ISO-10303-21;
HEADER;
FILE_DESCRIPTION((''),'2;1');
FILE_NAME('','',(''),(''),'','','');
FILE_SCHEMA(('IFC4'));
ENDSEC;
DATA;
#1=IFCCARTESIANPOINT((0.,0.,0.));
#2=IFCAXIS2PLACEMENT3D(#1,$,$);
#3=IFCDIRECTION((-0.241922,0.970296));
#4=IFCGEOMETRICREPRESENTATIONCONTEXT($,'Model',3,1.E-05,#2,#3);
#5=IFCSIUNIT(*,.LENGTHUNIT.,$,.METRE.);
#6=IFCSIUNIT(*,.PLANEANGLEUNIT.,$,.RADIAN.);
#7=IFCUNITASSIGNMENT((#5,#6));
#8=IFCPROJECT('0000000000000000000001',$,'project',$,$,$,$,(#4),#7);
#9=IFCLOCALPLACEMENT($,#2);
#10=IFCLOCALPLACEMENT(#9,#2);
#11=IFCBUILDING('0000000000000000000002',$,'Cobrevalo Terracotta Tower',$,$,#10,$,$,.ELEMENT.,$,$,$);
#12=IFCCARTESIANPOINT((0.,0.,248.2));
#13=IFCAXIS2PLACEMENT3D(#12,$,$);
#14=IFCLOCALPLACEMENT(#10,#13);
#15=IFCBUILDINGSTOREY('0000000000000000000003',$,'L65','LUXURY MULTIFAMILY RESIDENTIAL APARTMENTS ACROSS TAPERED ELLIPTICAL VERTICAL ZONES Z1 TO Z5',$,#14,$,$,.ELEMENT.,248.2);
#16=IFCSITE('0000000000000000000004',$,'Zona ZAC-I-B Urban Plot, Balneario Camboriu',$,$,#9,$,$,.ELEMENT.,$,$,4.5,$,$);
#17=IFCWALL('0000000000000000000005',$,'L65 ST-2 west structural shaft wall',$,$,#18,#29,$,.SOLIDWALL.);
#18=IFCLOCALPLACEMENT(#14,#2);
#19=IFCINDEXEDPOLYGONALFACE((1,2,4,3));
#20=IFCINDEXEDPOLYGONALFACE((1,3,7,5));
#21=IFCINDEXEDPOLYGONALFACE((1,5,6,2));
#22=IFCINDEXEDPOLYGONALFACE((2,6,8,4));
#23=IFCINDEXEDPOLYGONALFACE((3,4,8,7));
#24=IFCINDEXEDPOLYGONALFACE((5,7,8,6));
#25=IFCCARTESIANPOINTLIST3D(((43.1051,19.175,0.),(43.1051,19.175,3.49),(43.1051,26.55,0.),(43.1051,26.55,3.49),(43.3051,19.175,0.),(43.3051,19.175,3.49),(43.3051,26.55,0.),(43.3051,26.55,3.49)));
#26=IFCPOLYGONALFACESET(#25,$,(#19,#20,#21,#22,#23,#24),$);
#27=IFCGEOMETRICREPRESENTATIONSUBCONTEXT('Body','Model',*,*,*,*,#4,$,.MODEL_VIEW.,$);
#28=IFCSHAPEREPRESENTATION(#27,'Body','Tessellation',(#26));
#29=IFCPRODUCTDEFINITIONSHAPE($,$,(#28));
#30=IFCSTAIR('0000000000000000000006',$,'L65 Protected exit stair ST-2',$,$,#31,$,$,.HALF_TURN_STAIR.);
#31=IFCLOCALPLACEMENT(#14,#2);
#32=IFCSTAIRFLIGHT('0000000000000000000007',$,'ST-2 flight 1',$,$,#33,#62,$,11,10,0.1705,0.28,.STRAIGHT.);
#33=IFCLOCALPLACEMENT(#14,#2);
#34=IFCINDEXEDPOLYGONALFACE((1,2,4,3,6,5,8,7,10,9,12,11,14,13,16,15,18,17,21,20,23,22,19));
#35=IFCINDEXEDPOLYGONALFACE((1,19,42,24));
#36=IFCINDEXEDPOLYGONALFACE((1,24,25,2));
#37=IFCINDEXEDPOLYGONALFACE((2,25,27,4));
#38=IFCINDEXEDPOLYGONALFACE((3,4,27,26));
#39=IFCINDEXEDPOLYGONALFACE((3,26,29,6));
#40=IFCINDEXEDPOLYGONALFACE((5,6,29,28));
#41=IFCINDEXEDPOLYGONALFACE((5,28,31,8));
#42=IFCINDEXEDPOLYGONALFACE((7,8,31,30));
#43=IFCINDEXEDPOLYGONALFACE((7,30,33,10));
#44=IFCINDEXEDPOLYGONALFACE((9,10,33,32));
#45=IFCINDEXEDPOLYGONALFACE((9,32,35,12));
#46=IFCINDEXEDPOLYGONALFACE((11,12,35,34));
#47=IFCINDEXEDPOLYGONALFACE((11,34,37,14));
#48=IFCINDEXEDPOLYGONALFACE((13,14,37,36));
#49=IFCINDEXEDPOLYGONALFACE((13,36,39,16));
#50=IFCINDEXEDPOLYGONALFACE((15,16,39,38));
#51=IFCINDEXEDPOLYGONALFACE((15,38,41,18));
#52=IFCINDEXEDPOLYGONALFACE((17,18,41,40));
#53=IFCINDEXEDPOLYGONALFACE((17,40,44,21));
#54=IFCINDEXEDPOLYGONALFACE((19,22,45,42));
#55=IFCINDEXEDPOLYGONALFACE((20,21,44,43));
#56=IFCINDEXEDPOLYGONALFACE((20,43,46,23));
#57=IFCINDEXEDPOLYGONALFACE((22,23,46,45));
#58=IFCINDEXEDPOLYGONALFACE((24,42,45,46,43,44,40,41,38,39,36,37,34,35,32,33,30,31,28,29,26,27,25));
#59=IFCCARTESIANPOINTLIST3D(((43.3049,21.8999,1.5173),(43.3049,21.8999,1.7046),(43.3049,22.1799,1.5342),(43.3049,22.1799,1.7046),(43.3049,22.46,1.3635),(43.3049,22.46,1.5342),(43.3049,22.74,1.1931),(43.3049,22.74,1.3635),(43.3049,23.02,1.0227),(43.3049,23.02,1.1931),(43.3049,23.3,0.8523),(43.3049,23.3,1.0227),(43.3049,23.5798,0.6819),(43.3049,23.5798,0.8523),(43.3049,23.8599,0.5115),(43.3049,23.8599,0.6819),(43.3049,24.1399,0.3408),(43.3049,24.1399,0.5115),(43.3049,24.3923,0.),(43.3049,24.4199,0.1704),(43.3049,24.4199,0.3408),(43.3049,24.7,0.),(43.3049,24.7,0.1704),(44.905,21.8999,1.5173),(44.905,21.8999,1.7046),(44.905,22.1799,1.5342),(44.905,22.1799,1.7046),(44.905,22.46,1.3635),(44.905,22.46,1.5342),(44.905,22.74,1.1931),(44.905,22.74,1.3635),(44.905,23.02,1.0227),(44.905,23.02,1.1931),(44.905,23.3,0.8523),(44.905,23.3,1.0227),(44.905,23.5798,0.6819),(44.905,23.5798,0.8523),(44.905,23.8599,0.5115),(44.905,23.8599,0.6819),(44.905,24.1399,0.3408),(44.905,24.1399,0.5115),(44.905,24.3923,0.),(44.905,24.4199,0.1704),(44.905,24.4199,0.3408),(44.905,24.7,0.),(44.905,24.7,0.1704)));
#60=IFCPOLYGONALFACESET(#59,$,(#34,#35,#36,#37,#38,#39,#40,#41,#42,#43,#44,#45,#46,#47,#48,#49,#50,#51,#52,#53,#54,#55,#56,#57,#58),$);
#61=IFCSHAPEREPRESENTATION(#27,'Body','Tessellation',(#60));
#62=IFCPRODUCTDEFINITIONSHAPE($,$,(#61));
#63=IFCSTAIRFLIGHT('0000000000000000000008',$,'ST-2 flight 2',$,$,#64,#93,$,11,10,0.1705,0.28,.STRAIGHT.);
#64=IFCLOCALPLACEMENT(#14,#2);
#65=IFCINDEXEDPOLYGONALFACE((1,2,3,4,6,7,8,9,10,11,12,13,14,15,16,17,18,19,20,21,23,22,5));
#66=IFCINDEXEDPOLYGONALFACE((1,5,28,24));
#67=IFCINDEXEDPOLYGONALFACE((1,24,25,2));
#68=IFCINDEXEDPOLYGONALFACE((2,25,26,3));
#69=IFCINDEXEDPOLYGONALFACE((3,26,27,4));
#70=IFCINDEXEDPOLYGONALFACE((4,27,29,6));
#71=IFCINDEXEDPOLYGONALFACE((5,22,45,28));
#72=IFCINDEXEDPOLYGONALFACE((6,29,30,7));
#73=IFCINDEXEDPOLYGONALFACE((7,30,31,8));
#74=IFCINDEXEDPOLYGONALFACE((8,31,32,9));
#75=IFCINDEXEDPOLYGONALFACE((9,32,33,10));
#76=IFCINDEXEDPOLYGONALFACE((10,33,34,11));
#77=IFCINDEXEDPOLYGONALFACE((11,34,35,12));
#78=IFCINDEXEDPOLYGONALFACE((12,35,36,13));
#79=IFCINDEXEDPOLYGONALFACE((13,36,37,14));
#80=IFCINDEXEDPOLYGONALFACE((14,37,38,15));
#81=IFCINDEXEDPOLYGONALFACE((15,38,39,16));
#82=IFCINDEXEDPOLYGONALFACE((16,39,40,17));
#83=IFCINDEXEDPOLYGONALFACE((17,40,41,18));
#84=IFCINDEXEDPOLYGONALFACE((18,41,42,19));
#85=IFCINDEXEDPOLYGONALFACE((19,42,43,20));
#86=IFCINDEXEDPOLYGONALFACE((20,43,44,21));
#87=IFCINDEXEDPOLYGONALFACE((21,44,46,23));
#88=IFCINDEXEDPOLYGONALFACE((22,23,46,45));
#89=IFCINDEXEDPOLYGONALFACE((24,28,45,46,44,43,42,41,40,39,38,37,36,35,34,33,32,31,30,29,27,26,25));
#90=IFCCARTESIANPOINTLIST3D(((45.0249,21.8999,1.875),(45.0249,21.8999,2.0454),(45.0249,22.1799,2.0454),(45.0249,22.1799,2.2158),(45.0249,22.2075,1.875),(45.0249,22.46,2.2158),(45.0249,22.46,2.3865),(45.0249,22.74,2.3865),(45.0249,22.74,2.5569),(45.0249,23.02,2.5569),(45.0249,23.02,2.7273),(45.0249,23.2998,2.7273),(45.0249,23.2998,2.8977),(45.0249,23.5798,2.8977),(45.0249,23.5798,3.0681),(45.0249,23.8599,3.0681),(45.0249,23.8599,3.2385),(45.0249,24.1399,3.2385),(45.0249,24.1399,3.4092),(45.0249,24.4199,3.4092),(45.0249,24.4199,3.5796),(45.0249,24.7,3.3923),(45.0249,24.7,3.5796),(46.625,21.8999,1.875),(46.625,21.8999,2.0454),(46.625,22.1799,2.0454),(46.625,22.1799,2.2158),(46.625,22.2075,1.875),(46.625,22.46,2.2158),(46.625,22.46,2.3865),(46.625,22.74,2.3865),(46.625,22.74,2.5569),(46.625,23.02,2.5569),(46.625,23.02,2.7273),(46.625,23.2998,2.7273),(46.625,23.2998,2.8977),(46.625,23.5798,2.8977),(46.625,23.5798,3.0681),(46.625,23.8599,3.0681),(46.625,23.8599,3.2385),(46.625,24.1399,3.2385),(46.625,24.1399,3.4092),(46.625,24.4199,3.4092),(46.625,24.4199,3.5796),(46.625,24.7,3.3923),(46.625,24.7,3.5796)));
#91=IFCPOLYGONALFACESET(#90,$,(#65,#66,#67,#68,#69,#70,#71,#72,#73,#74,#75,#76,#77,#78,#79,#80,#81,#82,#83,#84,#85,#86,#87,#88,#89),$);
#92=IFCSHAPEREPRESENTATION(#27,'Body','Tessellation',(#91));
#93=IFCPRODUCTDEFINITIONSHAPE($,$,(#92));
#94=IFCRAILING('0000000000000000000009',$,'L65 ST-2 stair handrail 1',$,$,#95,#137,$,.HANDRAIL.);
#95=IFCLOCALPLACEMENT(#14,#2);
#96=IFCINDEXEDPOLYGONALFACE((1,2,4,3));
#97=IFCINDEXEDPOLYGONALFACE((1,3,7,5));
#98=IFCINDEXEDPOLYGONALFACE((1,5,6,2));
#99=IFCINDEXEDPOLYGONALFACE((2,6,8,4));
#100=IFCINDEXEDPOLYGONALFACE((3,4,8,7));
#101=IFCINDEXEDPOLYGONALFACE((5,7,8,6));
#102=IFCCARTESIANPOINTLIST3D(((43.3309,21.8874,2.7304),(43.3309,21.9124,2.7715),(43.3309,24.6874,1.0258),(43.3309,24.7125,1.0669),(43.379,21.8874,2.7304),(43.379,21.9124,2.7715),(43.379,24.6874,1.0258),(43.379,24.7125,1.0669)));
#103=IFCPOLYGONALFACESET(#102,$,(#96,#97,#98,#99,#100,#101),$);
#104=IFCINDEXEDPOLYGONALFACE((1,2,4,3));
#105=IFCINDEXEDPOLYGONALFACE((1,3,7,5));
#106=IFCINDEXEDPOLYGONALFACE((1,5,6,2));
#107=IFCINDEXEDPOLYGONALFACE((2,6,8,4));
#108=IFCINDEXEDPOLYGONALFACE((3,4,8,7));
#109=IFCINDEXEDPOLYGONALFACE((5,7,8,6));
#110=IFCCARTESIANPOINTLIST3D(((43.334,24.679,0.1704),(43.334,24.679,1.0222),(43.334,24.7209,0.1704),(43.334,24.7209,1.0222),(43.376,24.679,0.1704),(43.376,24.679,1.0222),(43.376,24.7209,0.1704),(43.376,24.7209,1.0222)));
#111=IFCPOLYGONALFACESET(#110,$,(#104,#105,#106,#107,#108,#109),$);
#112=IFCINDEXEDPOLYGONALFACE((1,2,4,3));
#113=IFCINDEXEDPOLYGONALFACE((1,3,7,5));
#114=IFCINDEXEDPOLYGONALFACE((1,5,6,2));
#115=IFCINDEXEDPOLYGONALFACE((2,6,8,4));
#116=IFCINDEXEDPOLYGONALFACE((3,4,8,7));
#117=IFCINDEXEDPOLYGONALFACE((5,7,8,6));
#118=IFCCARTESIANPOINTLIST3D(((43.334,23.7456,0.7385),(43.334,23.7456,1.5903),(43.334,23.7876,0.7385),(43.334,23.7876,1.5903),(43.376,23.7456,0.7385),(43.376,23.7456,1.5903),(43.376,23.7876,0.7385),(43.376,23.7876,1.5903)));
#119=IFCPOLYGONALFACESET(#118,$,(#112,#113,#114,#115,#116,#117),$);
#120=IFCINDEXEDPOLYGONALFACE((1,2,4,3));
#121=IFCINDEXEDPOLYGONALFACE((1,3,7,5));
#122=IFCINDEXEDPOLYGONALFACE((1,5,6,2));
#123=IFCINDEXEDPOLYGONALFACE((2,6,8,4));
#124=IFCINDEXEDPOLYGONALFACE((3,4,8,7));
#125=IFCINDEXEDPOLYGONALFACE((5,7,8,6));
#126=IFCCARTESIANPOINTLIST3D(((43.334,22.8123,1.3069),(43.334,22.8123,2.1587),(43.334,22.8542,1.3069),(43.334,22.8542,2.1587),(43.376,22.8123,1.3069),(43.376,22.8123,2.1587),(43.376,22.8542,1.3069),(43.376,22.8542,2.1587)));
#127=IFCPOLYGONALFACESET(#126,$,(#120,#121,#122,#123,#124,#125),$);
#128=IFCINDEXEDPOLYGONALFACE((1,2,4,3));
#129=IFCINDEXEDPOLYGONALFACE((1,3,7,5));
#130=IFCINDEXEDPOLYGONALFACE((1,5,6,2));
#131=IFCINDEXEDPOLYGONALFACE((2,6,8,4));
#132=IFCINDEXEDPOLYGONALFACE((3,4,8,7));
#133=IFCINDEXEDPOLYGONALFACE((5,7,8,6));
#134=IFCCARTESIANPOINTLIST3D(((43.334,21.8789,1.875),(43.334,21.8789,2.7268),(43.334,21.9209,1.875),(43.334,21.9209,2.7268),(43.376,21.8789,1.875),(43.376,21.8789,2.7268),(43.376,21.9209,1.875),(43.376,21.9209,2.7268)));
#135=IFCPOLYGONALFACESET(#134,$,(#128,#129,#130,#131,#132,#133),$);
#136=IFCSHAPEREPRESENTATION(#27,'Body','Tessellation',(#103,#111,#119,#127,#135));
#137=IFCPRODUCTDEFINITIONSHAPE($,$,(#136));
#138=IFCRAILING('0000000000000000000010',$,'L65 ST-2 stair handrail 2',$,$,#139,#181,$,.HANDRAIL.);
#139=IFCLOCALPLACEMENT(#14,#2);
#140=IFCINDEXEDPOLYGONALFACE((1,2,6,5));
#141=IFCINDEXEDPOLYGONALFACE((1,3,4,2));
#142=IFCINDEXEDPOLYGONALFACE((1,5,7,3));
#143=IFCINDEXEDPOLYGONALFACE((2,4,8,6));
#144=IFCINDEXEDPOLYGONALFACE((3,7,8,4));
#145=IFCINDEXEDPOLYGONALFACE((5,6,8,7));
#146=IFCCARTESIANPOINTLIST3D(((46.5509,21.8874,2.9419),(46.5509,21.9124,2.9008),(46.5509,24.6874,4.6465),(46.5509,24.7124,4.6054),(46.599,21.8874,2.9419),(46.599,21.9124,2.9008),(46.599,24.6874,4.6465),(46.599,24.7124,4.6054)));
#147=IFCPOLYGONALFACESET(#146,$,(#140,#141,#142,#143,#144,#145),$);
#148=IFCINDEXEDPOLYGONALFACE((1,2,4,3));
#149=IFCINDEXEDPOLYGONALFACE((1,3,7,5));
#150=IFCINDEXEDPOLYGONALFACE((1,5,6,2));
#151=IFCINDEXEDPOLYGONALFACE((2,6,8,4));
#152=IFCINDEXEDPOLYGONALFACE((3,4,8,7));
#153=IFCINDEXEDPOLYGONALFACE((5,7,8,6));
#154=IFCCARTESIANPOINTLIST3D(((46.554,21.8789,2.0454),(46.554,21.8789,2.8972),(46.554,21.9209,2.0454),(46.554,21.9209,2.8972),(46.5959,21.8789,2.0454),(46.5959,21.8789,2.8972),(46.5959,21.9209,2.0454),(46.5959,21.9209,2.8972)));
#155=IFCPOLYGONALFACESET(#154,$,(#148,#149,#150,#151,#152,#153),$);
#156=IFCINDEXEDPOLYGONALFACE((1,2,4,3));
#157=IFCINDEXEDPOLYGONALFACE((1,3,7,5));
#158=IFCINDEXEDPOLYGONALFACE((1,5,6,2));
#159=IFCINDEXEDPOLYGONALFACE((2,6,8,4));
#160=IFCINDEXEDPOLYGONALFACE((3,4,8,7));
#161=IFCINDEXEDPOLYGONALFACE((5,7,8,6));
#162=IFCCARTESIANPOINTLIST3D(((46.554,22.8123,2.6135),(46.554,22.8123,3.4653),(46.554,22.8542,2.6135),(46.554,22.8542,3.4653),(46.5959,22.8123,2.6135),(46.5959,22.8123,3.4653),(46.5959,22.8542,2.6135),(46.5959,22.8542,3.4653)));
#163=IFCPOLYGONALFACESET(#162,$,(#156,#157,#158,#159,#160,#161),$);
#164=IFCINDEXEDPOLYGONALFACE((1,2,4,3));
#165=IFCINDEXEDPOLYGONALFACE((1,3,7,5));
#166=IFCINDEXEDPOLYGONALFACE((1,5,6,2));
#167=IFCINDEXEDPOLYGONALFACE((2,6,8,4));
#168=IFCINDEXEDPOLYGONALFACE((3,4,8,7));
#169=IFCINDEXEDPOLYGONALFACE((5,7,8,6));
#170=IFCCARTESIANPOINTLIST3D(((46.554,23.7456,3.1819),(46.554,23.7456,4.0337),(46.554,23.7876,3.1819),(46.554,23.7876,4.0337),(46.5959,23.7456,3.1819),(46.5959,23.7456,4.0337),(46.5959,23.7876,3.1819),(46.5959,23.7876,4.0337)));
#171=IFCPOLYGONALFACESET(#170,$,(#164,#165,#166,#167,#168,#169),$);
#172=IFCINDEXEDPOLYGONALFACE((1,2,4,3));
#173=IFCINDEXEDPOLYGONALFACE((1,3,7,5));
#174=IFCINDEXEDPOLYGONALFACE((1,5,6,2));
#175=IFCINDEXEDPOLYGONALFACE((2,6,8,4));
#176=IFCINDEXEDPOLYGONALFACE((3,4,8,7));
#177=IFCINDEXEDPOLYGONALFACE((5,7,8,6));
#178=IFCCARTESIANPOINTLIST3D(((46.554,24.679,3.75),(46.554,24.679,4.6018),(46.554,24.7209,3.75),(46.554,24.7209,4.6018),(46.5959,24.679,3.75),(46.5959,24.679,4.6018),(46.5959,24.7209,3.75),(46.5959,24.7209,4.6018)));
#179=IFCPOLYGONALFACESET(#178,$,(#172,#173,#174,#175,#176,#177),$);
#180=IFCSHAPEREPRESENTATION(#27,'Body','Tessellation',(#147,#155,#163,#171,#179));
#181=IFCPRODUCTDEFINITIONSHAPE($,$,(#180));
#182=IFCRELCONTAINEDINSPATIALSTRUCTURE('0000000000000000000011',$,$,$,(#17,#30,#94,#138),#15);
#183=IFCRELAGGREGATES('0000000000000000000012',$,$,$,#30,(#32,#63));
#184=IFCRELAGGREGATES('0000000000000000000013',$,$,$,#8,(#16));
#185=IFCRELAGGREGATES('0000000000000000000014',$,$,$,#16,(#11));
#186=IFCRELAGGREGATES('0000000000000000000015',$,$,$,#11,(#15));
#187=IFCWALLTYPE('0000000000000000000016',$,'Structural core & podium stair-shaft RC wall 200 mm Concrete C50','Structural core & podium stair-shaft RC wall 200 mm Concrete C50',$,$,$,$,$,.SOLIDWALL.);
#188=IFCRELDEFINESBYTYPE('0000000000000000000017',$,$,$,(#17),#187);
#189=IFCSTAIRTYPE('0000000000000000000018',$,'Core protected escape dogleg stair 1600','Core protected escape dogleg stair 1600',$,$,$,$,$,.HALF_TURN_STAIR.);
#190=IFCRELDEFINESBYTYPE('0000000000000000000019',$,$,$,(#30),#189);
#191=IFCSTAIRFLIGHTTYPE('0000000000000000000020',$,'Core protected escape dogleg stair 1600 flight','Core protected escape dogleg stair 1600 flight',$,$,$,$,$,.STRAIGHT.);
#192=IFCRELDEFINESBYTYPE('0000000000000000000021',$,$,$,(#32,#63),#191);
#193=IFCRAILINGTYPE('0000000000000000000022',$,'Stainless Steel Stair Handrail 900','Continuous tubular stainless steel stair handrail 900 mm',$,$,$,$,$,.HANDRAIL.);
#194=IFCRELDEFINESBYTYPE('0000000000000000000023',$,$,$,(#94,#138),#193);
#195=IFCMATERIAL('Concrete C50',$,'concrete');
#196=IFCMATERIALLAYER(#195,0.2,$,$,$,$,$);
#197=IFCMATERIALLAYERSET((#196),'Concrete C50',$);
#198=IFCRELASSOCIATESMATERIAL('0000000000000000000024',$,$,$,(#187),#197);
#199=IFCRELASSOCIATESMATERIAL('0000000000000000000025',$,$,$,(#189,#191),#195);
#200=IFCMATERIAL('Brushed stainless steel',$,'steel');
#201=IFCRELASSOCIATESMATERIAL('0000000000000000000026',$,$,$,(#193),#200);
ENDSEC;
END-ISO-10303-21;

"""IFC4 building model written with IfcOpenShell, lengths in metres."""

from ifc_helpers import new_model, si_unit, direction, frame, frame_2d, origin, origin_2d, place, context, subcontext, project, spatial, polyline, rectangle, outline, extrude, material, layer, layer_set, type_object, element, aggregate, save


model = new_model("IFC4")

# Units and contexts
model_context = context("Model", 3, precision=1e-05, world=origin(), true_north=direction((-0.241922, 0.970296)))
body_context = subcontext(model_context, "Body", "Model", "MODEL_VIEW")
ifc_project = project(units=[si_unit("LENGTHUNIT", "METRE"), si_unit("PLANEANGLEUNIT", "RADIAN")], contexts=[model_context])

# Site, building, storey
site_placement = place(None, origin())
site = spatial("IfcSite", under=ifc_project, at=site_placement, Name="Zona ZAC-I-B Urban Plot, Balneario Camboriu", CompositionType="ELEMENT", RefElevation=4.5)
building_placement = place(site_placement, origin())
building = spatial("IfcBuilding", under=site, at=building_placement, Name="Cobrevalo Terracotta Tower", CompositionType="ELEMENT")
storey_placement = place(building_placement, frame((0.0, 0.0, 248.2)))
storey = spatial("IfcBuildingStorey", under=building, at=storey_placement, Name="L65", Description="LUXURY MULTIFAMILY RESIDENTIAL APARTMENTS ACROSS TAPERED ELLIPTICAL VERTICAL ZONES Z1 TO Z5", CompositionType="ELEMENT", Elevation=248.2)

# Shared definitions
ifc_material_1 = material(Name="Concrete C50", Category="concrete")

# Wall
ifc_layer_1 = layer(ifc_material_1, 0.2)
ifc_layer_set_1 = layer_set([ifc_layer_1], Name="Concrete C50")
wall_type_1 = type_object("IfcWallType", Name="Structural core & podium stair-shaft RC wall 200 mm Concrete C50", Description="Structural core & podium stair-shaft RC wall 200 mm Concrete C50", PredefinedType="SOLIDWALL", material=ifc_layer_set_1)
wall_1_placement = place(storey_placement, frame((43.2051, 19.175, 0.0), z_axis=(0.0, 0.0, 1.0), x_axis=(0.0, 1.0, 0.0)))
element("IfcWall", 1, at=wall_1_placement, inside=storey, type_object=wall_type_1, Name="L65 ST-2 west structural shaft wall", PredefinedType="SOLIDWALL", context=body_context, shape_type="SweptSolid", body=[
    extrude(rectangle(XDim=7.375, YDim=0.2, at=frame_2d((3.6875, 0.0))), origin(), (0.0, 0.0, 1.0), 3.49),
])

# Stair, stair flights
stair_type = type_object("IfcStairType", Name="Core protected escape dogleg stair 1600", Description="Core protected escape dogleg stair 1600", PredefinedType="HALF_TURN_STAIR", material=ifc_material_1)
stair_placement = place(storey_placement, origin())
stair = element("IfcStair", 2, at=stair_placement, inside=storey, type_object=stair_type, Name="L65 Protected exit stair ST-2", PredefinedType="HALF_TURN_STAIR")
stair_flight_type = type_object("IfcStairFlightType", Name="Core protected escape dogleg stair 1600 flight", Description="Core protected escape dogleg stair 1600 flight", PredefinedType="STRAIGHT", material=ifc_material_1)
stair_flight_1_placement = place(storey_placement, frame((44.105, 24.7, 0.0), z_axis=(0.0, 0.0, 1.0), x_axis=(0.0, -1.0, 0.0)))
stair_flight_1 = element("IfcStairFlight", 3, at=stair_flight_1_placement, type_object=stair_flight_type, Name="ST-2 flight 1", NumberOfRisers=11, NumberOfTreads=10, PredefinedType="STRAIGHT", RiserHeight=0.1705, TreadLength=0.28, context=body_context, shape_type="SweptSolid", body=[
    extrude(outline(polyline([(0.0, 0.0), (0.0, 0.1704), (0.28, 0.1704), (0.28, 0.3408), (0.5601, 0.3408), (0.5601, 0.5115), (0.8401, 0.5115), (0.8401, 0.6819), (1.1201, 0.6819), (1.1201, 0.8523), (1.3999, 0.8523), (1.3999, 1.0227), (1.6799, 1.0227), (1.6799, 1.1931), (1.96, 1.1931), (1.96, 1.3635), (2.24, 1.3635), (2.24, 1.5342), (2.52, 1.5342), (2.52, 1.7046), (2.8, 1.7046), (2.8, 1.875), (2.8, 1.5173), (0.3076, 0.0), (0.0, 0.0)])), frame((0.0, 0.8, 0.0), z_axis=(0.0, -1.0, 0.0), x_axis=(1.0, 0.0, 0.0)), (0.0, 0.0, 1.0), 1.6001),
])
stair_flight_2_placement = place(storey_placement, frame((45.825, 21.8999, 1.875), z_axis=(0.0, 0.0, 1.0), x_axis=(0.0, 1.0, 0.0)))
stair_flight_2 = element("IfcStairFlight", 4, at=stair_flight_2_placement, type_object=stair_flight_type, Name="ST-2 flight 2", NumberOfRisers=11, NumberOfTreads=10, PredefinedType="STRAIGHT", RiserHeight=0.1705, TreadLength=0.28, context=body_context, shape_type="SweptSolid", body=[
    extrude(outline(polyline([(0.0, 0.0), (0.0, 0.1704), (0.28, 0.1704), (0.28, 0.3408), (0.5601, 0.3408), (0.5601, 0.5115), (0.8401, 0.5115), (0.8401, 0.6819), (1.1201, 0.6819), (1.1201, 0.8523), (1.3999, 0.8523), (1.3999, 1.0227), (1.6799, 1.0227), (1.6799, 1.1931), (1.96, 1.1931), (1.96, 1.3635), (2.24, 1.3635), (2.24, 1.5342), (2.52, 1.5342), (2.52, 1.7046), (2.8, 1.7046), (2.8, 1.875), (2.8, 1.5173), (0.3076, 0.0), (0.0, 0.0)])), frame((0.0, 0.8, 0.0), z_axis=(0.0, -1.0, 0.0), x_axis=(1.0, 0.0, 0.0)), (0.0, 0.0, 1.0), 1.6001),
])
aggregate(stair, [stair_flight_1, stair_flight_2])

# Railings
ifc_material_2 = material(Name="Brushed stainless steel", Category="steel")
railing_type_1 = type_object("IfcRailingType", Name="Stainless Steel Stair Handrail 900", Description="Continuous tubular stainless steel stair handrail 900 mm", PredefinedType="HANDRAIL", material=ifc_material_2)
railing_1_placement = place(storey_placement, frame((43.355, 24.7, 0.1704)))
element("IfcRailing", 5, at=railing_1_placement, inside=storey, type_object=railing_type_1, Name="L65 ST-2 stair handrail 1", PredefinedType="HANDRAIL", context=body_context, shape_type="SweptSolid", body=[
    extrude(rectangle(XDim=0.0481, YDim=0.0481, at=origin_2d()), frame((0.0, 0.0, 0.876), z_axis=(0.0, -0.85417, 0.519994), x_axis=(1.0, 0.0, 0.0)), (0.0, 0.0, 1.0), 3.2781),
    extrude(rectangle(XDim=0.042, YDim=0.042, at=origin_2d()), origin(), (0.0, 0.0, 1.0), 0.8518),
    extrude(rectangle(XDim=0.042, YDim=0.042, at=origin_2d()), frame((0.0, -0.9333, 0.5681)), (0.0, 0.0, 1.0), 0.8518),
    extrude(rectangle(XDim=0.042, YDim=0.042, at=origin_2d()), frame((0.0, -1.8667, 1.1365)), (0.0, 0.0, 1.0), 0.8518),
    extrude(rectangle(XDim=0.042, YDim=0.042, at=origin_2d()), frame((0.0, -2.8, 1.7046)), (0.0, 0.0, 1.0), 0.8518),
])
railing_2_placement = place(storey_placement, frame((46.575, 21.8999, 2.0454)))
element("IfcRailing", 6, at=railing_2_placement, inside=storey, type_object=railing_type_1, Name="L65 ST-2 stair handrail 2", PredefinedType="HANDRAIL", context=body_context, shape_type="SweptSolid", body=[
    extrude(rectangle(XDim=0.0481, YDim=0.0481, at=origin_2d()), frame((0.0, 0.0, 0.876), z_axis=(0.0, 0.85417, 0.519994), x_axis=(-1.0, 0.0, 0.0)), (0.0, 0.0, 1.0), 3.2781),
    extrude(rectangle(XDim=0.042, YDim=0.042, at=origin_2d()), origin(), (0.0, 0.0, 1.0), 0.8518),
    extrude(rectangle(XDim=0.042, YDim=0.042, at=origin_2d()), frame((0.0, 0.9333, 0.5681)), (0.0, 0.0, 1.0), 0.8518),
    extrude(rectangle(XDim=0.042, YDim=0.042, at=origin_2d()), frame((0.0, 1.8667, 1.1365)), (0.0, 0.0, 1.0), 0.8518),
    extrude(rectangle(XDim=0.042, YDim=0.042, at=origin_2d()), frame((0.0, 2.8, 1.7046)), (0.0, 0.0, 1.0), 0.8518),
])

save(model, "model.ifc")
